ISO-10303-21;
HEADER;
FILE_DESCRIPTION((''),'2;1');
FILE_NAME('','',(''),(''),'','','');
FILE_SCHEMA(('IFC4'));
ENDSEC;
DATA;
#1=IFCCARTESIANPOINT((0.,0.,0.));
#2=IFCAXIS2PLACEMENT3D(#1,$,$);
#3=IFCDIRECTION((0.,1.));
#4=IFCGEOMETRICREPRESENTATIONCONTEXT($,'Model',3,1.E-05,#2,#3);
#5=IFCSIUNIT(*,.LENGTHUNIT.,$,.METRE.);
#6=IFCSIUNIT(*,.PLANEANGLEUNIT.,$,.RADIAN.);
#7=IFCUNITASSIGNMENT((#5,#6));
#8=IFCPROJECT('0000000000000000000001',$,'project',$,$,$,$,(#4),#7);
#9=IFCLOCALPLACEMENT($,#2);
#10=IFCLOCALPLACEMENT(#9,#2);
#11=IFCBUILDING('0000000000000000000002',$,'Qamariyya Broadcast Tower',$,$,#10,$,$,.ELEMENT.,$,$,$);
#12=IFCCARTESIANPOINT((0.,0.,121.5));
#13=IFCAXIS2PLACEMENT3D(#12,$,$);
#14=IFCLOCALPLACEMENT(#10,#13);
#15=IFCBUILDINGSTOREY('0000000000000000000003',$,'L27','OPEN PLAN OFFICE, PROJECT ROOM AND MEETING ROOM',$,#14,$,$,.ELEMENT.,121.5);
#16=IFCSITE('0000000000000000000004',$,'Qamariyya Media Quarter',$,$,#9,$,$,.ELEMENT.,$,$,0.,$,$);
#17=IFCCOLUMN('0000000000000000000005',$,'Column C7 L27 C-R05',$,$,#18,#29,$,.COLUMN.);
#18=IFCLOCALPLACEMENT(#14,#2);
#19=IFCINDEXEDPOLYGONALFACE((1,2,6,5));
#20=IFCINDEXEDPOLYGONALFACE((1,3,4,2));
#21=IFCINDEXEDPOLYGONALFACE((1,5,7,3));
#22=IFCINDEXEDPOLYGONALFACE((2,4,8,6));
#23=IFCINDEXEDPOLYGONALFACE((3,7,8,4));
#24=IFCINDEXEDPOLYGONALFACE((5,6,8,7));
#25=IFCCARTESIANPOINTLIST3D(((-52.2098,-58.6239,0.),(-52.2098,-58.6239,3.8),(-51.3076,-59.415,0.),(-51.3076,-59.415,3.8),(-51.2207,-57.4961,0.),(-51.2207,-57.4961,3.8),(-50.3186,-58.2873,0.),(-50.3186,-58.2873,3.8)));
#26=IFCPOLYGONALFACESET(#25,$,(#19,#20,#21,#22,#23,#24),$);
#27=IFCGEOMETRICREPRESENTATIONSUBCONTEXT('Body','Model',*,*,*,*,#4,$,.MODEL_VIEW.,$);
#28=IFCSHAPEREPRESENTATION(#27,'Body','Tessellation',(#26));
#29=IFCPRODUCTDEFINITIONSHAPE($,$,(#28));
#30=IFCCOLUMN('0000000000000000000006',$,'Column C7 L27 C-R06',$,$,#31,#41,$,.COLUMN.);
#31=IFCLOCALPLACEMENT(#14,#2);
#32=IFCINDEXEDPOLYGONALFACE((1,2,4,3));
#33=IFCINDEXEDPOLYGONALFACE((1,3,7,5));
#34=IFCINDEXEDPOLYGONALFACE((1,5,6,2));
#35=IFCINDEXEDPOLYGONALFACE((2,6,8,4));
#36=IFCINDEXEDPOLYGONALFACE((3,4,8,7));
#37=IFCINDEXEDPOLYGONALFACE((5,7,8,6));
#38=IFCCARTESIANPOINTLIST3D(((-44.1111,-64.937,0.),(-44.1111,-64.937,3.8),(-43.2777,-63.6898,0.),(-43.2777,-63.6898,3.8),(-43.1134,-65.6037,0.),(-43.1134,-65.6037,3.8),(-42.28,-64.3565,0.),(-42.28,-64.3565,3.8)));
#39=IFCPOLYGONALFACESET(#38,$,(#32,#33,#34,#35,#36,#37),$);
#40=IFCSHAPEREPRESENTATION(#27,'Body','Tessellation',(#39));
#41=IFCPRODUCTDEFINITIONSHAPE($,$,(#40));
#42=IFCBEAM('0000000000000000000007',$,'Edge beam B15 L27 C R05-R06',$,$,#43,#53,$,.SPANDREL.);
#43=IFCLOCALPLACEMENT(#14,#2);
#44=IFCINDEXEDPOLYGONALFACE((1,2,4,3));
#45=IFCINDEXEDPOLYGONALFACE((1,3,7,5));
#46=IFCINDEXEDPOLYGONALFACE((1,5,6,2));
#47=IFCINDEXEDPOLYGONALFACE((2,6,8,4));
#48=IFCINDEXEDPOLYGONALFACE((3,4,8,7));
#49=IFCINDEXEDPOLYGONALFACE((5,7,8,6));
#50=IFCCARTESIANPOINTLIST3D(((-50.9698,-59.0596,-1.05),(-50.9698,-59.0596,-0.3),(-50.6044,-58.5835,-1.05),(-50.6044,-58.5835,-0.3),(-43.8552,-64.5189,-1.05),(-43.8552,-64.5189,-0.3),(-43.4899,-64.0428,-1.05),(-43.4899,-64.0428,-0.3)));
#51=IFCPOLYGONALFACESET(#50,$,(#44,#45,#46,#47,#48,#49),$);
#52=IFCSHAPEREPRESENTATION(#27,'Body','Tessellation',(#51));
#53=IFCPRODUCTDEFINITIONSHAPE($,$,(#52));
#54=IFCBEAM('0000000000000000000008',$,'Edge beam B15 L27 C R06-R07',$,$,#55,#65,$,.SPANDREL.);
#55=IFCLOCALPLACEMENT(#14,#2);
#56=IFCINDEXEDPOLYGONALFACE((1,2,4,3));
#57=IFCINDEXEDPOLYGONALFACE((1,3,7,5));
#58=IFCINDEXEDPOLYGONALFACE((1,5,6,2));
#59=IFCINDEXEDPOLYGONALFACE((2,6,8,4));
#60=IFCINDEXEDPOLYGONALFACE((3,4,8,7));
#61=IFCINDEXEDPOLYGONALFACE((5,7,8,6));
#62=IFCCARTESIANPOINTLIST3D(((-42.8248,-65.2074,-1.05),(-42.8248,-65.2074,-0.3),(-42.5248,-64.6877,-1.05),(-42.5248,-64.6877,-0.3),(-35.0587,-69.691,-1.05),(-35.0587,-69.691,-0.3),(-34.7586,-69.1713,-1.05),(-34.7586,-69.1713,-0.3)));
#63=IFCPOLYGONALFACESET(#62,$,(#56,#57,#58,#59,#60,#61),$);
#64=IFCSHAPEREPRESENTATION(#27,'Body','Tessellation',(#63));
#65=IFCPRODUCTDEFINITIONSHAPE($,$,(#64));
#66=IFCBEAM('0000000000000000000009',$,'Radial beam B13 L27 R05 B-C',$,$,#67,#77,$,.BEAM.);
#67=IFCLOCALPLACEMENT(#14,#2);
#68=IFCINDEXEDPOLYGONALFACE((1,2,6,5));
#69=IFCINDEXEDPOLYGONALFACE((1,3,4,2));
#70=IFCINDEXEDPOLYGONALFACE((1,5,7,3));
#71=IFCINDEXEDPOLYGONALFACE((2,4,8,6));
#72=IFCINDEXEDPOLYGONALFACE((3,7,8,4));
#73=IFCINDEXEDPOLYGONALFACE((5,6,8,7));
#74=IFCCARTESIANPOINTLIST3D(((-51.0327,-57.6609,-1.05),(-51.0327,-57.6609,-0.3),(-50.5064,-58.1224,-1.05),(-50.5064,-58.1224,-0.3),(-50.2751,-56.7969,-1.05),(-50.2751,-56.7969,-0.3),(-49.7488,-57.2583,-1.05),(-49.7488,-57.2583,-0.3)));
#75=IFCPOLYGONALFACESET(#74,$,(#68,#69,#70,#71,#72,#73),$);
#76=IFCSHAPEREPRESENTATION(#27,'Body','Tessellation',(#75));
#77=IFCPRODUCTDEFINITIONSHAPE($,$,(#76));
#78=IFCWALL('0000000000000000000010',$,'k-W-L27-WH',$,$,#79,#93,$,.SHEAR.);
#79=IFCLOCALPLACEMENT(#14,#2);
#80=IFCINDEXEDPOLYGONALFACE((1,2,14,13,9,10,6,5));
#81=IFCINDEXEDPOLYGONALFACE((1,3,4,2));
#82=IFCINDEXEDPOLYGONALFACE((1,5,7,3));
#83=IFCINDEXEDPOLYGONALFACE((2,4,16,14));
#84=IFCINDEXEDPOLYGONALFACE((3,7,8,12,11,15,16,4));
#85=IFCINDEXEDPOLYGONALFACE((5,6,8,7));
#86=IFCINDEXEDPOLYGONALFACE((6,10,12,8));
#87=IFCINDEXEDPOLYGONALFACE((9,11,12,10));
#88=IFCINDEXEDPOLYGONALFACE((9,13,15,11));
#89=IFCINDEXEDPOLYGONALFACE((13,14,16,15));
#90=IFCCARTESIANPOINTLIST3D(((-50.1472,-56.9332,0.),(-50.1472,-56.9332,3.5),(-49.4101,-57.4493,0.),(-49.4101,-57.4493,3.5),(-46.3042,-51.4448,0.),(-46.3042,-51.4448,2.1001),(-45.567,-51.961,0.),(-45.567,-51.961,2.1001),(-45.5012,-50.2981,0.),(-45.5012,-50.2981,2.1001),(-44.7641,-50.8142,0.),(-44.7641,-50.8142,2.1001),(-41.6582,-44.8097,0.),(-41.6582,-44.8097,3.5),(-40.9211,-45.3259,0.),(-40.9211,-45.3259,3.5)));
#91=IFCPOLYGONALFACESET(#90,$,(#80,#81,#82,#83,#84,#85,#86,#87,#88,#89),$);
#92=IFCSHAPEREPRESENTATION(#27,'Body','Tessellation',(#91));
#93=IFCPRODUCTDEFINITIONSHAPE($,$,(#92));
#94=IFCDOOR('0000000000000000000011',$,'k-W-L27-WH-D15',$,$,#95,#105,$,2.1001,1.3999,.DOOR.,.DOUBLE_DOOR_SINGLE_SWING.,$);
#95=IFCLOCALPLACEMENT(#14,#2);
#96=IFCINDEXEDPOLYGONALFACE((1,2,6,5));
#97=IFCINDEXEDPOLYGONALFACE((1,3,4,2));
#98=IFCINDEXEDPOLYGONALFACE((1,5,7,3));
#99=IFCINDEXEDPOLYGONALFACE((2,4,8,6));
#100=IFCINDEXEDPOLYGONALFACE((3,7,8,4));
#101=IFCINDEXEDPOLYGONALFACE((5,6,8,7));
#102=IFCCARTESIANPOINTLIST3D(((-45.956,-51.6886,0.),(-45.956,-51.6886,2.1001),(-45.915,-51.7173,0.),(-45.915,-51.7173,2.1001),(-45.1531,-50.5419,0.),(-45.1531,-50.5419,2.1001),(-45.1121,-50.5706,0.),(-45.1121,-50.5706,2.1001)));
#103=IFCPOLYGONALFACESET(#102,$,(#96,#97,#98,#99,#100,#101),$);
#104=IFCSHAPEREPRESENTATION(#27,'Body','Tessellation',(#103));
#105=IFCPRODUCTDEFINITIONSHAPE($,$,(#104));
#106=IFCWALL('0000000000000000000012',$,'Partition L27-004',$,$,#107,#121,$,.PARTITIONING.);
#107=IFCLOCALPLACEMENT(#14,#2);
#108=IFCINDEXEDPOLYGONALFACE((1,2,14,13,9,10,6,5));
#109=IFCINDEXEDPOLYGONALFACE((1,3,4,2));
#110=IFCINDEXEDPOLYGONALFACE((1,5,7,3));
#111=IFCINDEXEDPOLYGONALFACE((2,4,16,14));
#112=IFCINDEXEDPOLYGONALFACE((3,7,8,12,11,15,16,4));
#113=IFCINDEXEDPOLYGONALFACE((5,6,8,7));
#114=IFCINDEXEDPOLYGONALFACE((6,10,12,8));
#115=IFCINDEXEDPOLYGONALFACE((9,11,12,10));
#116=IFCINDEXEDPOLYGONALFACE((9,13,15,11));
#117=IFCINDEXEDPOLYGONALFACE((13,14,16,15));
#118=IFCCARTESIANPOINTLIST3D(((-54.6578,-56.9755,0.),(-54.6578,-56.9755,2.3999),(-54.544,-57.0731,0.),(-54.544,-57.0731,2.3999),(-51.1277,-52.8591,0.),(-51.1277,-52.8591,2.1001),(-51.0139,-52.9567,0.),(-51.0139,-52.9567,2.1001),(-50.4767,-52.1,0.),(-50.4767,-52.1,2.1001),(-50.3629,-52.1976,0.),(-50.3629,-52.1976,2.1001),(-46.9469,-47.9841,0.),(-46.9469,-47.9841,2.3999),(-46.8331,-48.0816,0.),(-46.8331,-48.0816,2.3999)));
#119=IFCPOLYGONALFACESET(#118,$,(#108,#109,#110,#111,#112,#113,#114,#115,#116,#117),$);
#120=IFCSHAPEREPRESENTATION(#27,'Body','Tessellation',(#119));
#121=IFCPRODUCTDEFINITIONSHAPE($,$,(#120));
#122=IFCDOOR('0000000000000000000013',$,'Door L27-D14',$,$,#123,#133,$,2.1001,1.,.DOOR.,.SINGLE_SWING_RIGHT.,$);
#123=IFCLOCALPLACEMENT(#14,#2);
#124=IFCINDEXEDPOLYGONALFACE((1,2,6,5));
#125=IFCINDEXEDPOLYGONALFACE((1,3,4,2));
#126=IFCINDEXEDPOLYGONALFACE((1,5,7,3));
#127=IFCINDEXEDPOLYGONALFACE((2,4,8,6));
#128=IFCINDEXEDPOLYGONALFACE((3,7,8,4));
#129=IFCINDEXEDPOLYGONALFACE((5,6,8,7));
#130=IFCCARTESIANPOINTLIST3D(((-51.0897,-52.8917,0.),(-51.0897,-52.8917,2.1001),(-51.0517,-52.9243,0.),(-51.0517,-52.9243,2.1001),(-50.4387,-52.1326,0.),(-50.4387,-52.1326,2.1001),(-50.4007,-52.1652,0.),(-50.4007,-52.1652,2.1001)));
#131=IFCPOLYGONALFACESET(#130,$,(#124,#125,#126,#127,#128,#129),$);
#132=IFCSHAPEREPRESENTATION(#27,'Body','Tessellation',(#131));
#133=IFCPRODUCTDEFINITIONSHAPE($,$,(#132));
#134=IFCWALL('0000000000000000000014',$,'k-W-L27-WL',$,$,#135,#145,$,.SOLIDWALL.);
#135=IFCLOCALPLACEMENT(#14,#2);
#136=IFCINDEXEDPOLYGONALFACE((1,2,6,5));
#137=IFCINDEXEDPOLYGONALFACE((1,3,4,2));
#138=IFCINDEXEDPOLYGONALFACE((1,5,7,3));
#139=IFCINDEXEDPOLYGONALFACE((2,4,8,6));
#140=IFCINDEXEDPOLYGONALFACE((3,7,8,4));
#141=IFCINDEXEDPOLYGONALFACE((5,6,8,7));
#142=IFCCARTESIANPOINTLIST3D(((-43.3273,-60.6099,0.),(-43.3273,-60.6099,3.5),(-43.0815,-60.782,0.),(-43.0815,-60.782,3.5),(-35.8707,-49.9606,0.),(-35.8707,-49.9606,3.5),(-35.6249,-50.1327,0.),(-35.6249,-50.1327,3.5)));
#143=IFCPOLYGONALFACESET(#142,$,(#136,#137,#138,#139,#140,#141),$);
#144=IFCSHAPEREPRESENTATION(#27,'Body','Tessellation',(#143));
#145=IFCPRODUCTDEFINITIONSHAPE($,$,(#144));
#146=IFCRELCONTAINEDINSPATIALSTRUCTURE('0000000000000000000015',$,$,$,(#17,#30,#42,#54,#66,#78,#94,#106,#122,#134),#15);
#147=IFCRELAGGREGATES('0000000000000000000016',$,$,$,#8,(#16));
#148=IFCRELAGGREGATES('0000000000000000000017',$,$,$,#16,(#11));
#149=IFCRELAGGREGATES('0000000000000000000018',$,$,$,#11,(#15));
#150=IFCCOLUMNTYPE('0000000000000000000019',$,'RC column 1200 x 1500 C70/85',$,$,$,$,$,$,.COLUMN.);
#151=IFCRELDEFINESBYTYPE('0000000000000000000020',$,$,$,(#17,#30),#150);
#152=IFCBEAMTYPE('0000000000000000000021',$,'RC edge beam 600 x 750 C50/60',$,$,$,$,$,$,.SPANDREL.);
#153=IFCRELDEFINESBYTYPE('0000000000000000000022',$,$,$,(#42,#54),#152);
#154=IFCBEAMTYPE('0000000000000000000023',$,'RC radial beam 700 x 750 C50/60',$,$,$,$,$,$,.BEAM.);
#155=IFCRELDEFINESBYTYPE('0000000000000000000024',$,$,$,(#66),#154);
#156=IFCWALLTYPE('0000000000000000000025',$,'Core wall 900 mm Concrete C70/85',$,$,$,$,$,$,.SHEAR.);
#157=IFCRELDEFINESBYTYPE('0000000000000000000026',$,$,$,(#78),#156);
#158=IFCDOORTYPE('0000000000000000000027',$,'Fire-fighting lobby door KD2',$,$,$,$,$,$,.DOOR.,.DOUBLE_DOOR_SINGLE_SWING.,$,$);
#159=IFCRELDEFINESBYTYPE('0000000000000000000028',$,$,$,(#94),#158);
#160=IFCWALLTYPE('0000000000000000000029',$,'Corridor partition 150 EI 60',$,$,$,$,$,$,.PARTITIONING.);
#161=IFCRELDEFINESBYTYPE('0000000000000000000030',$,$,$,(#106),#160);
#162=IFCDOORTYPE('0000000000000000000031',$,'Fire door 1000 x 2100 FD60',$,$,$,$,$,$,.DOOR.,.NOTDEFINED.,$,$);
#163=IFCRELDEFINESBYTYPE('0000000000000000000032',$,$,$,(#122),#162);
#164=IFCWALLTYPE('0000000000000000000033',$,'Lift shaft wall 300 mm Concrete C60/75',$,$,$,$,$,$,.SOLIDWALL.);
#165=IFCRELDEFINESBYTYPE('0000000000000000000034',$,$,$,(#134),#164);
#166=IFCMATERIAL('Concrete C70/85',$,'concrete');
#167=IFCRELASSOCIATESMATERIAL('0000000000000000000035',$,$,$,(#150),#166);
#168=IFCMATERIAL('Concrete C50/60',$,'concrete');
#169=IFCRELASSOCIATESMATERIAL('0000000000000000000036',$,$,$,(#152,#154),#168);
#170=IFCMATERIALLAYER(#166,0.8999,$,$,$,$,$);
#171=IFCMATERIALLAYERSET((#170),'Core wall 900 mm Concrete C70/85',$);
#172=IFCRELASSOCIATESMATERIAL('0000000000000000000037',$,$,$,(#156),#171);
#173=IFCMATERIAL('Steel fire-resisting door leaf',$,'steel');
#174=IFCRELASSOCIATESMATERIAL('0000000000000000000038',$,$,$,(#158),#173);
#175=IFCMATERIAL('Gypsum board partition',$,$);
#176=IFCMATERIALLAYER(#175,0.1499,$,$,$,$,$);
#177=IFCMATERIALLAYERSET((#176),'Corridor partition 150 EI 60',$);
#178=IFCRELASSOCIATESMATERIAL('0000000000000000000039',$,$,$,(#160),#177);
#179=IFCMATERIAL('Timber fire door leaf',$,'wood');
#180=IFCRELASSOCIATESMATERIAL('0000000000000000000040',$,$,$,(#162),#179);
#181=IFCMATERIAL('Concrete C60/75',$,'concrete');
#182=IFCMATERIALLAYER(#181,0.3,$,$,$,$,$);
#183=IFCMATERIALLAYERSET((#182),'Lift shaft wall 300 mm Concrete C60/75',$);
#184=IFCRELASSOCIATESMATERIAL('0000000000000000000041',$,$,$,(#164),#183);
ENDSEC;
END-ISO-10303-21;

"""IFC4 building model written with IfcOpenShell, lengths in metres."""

from ifc_helpers import new_model, si_unit, direction, frame, frame_2d, origin, origin_2d, place, context, subcontext, project, spatial, rectangle, extrude, material, layer, layer_set, material_profile, profile_set, type_object, element, fill, save


model = new_model("IFC4")

# Units and contexts
model_context = context("Model", 3, precision=1e-05, world=origin(), true_north=direction((0.0, 1.0)))
body_context = subcontext(model_context, "Body", "Model", "MODEL_VIEW")
ifc_project = project(units=[si_unit("LENGTHUNIT", "METRE"), si_unit("PLANEANGLEUNIT", "RADIAN")], contexts=[model_context])

# Site, building, storey
site_placement = place(None, origin())
site = spatial("IfcSite", under=ifc_project, at=site_placement, Name="Qamariyya Media Quarter", CompositionType="ELEMENT", RefElevation=0.0)
building_placement = place(site_placement, origin())
building = spatial("IfcBuilding", under=site, at=building_placement, Name="Qamariyya Broadcast Tower", CompositionType="ELEMENT")
storey_placement = place(building_placement, frame((0.0, 0.0, 121.5)))
storey = spatial("IfcBuildingStorey", under=building, at=storey_placement, Name="L27", Description="OPEN PLAN OFFICE, PROJECT ROOM AND MEETING ROOM", CompositionType="ELEMENT", Elevation=121.5)

# Columns
ifc_material_1 = material(Name="Concrete C70/85", Category="concrete")
ifc_material_profile_1 = material_profile(ifc_material_1, rectangle(XDim=1.2, YDim=1.5, at=origin_2d()))
ifc_profile_set_1 = profile_set([ifc_material_profile_1], Name="Concrete C70/85")
column_type = type_object("IfcColumnType", Name="RC column 1200 x 1500 C70/85", PredefinedType="COLUMN", material=ifc_profile_set_1)
for number, where, z_axis, x_axis, name in (
    (1, (-51.2642, -58.4556, 0.0), (0.0, 0.0, 1.0), (0.75184, -0.659346, 0.0), "Column C7 L27 C-R05"),
    (2, (-43.1956, -64.6467, 0.0), (0.0, 0.0, 1.0), (0.83147, -0.55557, 0.0), "Column C7 L27 C-R06"),
):
    element("IfcColumn", number, at=place(storey_placement, frame(where, z_axis=z_axis, x_axis=x_axis)), inside=storey, type_object=column_type, Name=name, PredefinedType="COLUMN", context=body_context, shape_type="SweptSolid", body=[
        extrude(rectangle(XDim=1.2, YDim=1.5, at=origin_2d()), origin(), (0.0, 0.0, 1.0), 3.8),
    ])

# Beams
ifc_material_2 = material(Name="Concrete C50/60", Category="concrete")
ifc_material_profile_2 = material_profile(ifc_material_2, rectangle(XDim=0.6001, YDim=0.75, at=origin_2d()))
ifc_profile_set_2 = profile_set([ifc_material_profile_2], Name="Concrete C50/60")
beam_type_1 = type_object("IfcBeamType", Name="RC edge beam 600 x 750 C50/60", PredefinedType="SPANDREL", material=ifc_profile_set_2)
beam_1_placement = place(storey_placement, frame((-50.7871, -58.8215, -0.675), z_axis=(0.793349, -0.608767, 0.0), x_axis=(0.608767, 0.793349, 0.0)))
element("IfcBeam", 3, at=beam_1_placement, inside=storey, type_object=beam_type_1, Name="Edge beam B15 L27 C R05-R06", PredefinedType="SPANDREL", context=body_context, shape_type="SweptSolid", body=[
    extrude(rectangle(XDim=0.6001, YDim=0.75, at=origin_2d()), origin(), (0.0, 0.0, 1.0), 8.9678),
])
beam_2_placement = place(storey_placement, frame((-42.6748, -64.9475, -0.675), z_axis=(0.866031, -0.49999, 0.0), x_axis=(0.49999, 0.866031, 0.0)))
element("IfcBeam", 4, at=beam_2_placement, inside=storey, type_object=beam_type_1, Name="Edge beam B15 L27 C R06-R07", PredefinedType="SPANDREL", context=body_context, shape_type="SweptSolid", body=[
    extrude(rectangle(XDim=0.6001, YDim=0.75, at=origin_2d()), origin(), (0.0, 0.0, 1.0), 8.9675),
])
ifc_material_profile_3 = material_profile(ifc_material_2, rectangle(XDim=0.7, YDim=0.75, at=origin_2d()))
ifc_profile_set_3 = profile_set([ifc_material_profile_3], Name="Concrete C50/60")
beam_type_2 = type_object("IfcBeamType", Name="RC radial beam 700 x 750 C50/60", PredefinedType="BEAM", material=ifc_profile_set_3)
beam_3_placement = place(storey_placement, frame((-50.012, -57.0276, -0.675), z_axis=(-0.659271, -0.751905, 0.0), x_axis=(0.751905, -0.659271, 0.0)))
element("IfcBeam", 5, at=beam_3_placement, inside=storey, type_object=beam_type_2, Name="Radial beam B13 L27 R05 B-C", PredefinedType="BEAM", context=body_context, shape_type="SweptSolid", body=[
    extrude(rectangle(XDim=0.7, YDim=0.75, at=origin_2d()), origin(), (0.0, 0.0, 1.0), 1.1492),
])

# Walls, openings, doors
ifc_layer_1 = layer(ifc_material_1, 0.8999)
ifc_layer_set_1 = layer_set([ifc_layer_1], Name="Core wall 900 mm Concrete C70/85")
wall_type_1 = type_object("IfcWallType", Name="Core wall 900 mm Concrete C70/85", PredefinedType="SHEAR", material=ifc_layer_set_1)
wall_1_placement = place(storey_placement, frame((-49.7786, -57.1912, 0.0), z_axis=(0.0, 0.0, 1.0), x_axis=(0.573577, 0.819151, 0.0)))
wall_1 = element("IfcWall", 6, at=wall_1_placement, inside=storey, type_object=wall_type_1, Name="k-W-L27-WH", PredefinedType="SHEAR", context=body_context, shape_type="SweptSolid", body=[
    extrude(rectangle(XDim=14.8, YDim=0.8999, at=frame_2d((7.3999, 0.0))), origin(), (0.0, 0.0, 1.0), 3.5),
])
opening_1_placement = place(wall_1_placement, frame((6.7, 0.0, 0.0)))
opening_1 = element("IfcOpeningElement", 7, at=opening_1_placement, cuts=wall_1, PredefinedType="OPENING", context=body_context, shape_type="SweptSolid", body=[
    extrude(rectangle(XDim=1.3999, YDim=2.1001, at=frame_2d((0.7, 1.05))), frame((0.0, 0.46, 0.0), z_axis=(0.0, -1.0, 0.0), x_axis=(1.0, 0.0, 0.0)), (0.0, 0.0, 1.0), 0.9199),
])
ifc_material_3 = material(Name="Steel fire-resisting door leaf", Category="steel")
door_type_1 = type_object("IfcDoorType", Name="Fire-fighting lobby door KD2", OperationType="DOUBLE_DOOR_SINGLE_SWING", PredefinedType="DOOR", material=ifc_material_3)
door_1_placement = place(opening_1_placement, origin())
door_1 = element("IfcDoor", 8, at=door_1_placement, inside=storey, type_object=door_type_1, Name="k-W-L27-WH-D15", OperationType="DOUBLE_DOOR_SINGLE_SWING", OverallHeight=2.1001, OverallWidth=1.3999, PredefinedType="DOOR", context=body_context, shape_type="SweptSolid", body=[
    extrude(rectangle(XDim=1.3999, YDim=2.1001, at=frame_2d((0.7, 1.05))), frame((0.0, 0.0249, 0.0), z_axis=(0.0, -1.0, 0.0), x_axis=(1.0, 0.0, 0.0)), (0.0, 0.0, 1.0), 0.05),
])
fill(opening_1, door_1)
ifc_material_4 = material(Name="Gypsum board partition")
ifc_layer_2 = layer(ifc_material_4, 0.1499)
ifc_layer_set_2 = layer_set([ifc_layer_2], Name="Corridor partition 150 EI 60")
wall_type_2 = type_object("IfcWallType", Name="Corridor partition 150 EI 60", PredefinedType="PARTITIONING", material=ifc_layer_set_2)
wall_2_placement = place(storey_placement, frame((-54.6008, -57.0242, 0.0), z_axis=(0.0, 0.0, 1.0), x_axis=(0.650985, 0.759091, 0.0)))
wall_2 = element("IfcWall", 9, at=wall_2_placement, inside=storey, type_object=wall_type_2, Name="Partition L27-004", PredefinedType="PARTITIONING", context=body_context, shape_type="SweptSolid", body=[
    extrude(rectangle(XDim=11.845, YDim=0.1499, at=frame_2d((5.9224, 0.0))), origin(), (0.0, 0.0, 1.0), 2.3999),
])
opening_2_placement = place(wall_2_placement, frame((5.4226, 0.0, 0.0)))
opening_2 = element("IfcOpeningElement", 10, at=opening_2_placement, cuts=wall_2, PredefinedType="OPENING", context=body_context, shape_type="SweptSolid", body=[
    extrude(rectangle(XDim=1.0, YDim=2.1001, at=frame_2d((0.5, 1.05))), frame((0.0, 0.085, 0.0), z_axis=(0.0, -1.0, 0.0), x_axis=(1.0, 0.0, 0.0)), (0.0, 0.0, 1.0), 0.1699),
])
ifc_material_5 = material(Name="Timber fire door leaf", Category="wood")
door_type_2 = type_object("IfcDoorType", Name="Fire door 1000 x 2100 FD60", OperationType="NOTDEFINED", PredefinedType="DOOR", material=ifc_material_5)
door_2_placement = place(opening_2_placement, origin())
door_2 = element("IfcDoor", 11, at=door_2_placement, inside=storey, type_object=door_type_2, Name="Door L27-D14", OperationType="SINGLE_SWING_RIGHT", OverallHeight=2.1001, OverallWidth=1.0, PredefinedType="DOOR", context=body_context, shape_type="SweptSolid", body=[
    extrude(rectangle(XDim=1.0, YDim=2.1001, at=frame_2d((0.5, 1.05))), frame((0.0, 0.0249, 0.0), z_axis=(0.0, -1.0, 0.0), x_axis=(1.0, 0.0, 0.0)), (0.0, 0.0, 1.0), 0.05),
])
fill(opening_2, door_2)

# Wall
ifc_material_6 = material(Name="Concrete C60/75", Category="concrete")
ifc_layer_3 = layer(ifc_material_6, 0.3)
ifc_layer_set_3 = layer_set([ifc_layer_3], Name="Lift shaft wall 300 mm Concrete C60/75")
wall_type_3 = type_object("IfcWallType", Name="Lift shaft wall 300 mm Concrete C60/75", PredefinedType="SOLIDWALL", material=ifc_layer_set_3)
wall_3_placement = place(storey_placement, frame((-43.2043, -60.6958, 0.0), z_axis=(0.0, 0.0, 1.0), x_axis=(0.573572, 0.819155, 0.0)))
element("IfcWall", 12, at=wall_3_placement, inside=storey, type_object=wall_type_3, Name="k-W-L27-WL", PredefinedType="SOLIDWALL", context=body_context, shape_type="SweptSolid", body=[
    extrude(rectangle(XDim=13.0002, YDim=0.3, at=frame_2d((6.5, 0.0))), origin(), (0.0, 0.0, 1.0), 3.5),
])

save(model, "model.ifc")
